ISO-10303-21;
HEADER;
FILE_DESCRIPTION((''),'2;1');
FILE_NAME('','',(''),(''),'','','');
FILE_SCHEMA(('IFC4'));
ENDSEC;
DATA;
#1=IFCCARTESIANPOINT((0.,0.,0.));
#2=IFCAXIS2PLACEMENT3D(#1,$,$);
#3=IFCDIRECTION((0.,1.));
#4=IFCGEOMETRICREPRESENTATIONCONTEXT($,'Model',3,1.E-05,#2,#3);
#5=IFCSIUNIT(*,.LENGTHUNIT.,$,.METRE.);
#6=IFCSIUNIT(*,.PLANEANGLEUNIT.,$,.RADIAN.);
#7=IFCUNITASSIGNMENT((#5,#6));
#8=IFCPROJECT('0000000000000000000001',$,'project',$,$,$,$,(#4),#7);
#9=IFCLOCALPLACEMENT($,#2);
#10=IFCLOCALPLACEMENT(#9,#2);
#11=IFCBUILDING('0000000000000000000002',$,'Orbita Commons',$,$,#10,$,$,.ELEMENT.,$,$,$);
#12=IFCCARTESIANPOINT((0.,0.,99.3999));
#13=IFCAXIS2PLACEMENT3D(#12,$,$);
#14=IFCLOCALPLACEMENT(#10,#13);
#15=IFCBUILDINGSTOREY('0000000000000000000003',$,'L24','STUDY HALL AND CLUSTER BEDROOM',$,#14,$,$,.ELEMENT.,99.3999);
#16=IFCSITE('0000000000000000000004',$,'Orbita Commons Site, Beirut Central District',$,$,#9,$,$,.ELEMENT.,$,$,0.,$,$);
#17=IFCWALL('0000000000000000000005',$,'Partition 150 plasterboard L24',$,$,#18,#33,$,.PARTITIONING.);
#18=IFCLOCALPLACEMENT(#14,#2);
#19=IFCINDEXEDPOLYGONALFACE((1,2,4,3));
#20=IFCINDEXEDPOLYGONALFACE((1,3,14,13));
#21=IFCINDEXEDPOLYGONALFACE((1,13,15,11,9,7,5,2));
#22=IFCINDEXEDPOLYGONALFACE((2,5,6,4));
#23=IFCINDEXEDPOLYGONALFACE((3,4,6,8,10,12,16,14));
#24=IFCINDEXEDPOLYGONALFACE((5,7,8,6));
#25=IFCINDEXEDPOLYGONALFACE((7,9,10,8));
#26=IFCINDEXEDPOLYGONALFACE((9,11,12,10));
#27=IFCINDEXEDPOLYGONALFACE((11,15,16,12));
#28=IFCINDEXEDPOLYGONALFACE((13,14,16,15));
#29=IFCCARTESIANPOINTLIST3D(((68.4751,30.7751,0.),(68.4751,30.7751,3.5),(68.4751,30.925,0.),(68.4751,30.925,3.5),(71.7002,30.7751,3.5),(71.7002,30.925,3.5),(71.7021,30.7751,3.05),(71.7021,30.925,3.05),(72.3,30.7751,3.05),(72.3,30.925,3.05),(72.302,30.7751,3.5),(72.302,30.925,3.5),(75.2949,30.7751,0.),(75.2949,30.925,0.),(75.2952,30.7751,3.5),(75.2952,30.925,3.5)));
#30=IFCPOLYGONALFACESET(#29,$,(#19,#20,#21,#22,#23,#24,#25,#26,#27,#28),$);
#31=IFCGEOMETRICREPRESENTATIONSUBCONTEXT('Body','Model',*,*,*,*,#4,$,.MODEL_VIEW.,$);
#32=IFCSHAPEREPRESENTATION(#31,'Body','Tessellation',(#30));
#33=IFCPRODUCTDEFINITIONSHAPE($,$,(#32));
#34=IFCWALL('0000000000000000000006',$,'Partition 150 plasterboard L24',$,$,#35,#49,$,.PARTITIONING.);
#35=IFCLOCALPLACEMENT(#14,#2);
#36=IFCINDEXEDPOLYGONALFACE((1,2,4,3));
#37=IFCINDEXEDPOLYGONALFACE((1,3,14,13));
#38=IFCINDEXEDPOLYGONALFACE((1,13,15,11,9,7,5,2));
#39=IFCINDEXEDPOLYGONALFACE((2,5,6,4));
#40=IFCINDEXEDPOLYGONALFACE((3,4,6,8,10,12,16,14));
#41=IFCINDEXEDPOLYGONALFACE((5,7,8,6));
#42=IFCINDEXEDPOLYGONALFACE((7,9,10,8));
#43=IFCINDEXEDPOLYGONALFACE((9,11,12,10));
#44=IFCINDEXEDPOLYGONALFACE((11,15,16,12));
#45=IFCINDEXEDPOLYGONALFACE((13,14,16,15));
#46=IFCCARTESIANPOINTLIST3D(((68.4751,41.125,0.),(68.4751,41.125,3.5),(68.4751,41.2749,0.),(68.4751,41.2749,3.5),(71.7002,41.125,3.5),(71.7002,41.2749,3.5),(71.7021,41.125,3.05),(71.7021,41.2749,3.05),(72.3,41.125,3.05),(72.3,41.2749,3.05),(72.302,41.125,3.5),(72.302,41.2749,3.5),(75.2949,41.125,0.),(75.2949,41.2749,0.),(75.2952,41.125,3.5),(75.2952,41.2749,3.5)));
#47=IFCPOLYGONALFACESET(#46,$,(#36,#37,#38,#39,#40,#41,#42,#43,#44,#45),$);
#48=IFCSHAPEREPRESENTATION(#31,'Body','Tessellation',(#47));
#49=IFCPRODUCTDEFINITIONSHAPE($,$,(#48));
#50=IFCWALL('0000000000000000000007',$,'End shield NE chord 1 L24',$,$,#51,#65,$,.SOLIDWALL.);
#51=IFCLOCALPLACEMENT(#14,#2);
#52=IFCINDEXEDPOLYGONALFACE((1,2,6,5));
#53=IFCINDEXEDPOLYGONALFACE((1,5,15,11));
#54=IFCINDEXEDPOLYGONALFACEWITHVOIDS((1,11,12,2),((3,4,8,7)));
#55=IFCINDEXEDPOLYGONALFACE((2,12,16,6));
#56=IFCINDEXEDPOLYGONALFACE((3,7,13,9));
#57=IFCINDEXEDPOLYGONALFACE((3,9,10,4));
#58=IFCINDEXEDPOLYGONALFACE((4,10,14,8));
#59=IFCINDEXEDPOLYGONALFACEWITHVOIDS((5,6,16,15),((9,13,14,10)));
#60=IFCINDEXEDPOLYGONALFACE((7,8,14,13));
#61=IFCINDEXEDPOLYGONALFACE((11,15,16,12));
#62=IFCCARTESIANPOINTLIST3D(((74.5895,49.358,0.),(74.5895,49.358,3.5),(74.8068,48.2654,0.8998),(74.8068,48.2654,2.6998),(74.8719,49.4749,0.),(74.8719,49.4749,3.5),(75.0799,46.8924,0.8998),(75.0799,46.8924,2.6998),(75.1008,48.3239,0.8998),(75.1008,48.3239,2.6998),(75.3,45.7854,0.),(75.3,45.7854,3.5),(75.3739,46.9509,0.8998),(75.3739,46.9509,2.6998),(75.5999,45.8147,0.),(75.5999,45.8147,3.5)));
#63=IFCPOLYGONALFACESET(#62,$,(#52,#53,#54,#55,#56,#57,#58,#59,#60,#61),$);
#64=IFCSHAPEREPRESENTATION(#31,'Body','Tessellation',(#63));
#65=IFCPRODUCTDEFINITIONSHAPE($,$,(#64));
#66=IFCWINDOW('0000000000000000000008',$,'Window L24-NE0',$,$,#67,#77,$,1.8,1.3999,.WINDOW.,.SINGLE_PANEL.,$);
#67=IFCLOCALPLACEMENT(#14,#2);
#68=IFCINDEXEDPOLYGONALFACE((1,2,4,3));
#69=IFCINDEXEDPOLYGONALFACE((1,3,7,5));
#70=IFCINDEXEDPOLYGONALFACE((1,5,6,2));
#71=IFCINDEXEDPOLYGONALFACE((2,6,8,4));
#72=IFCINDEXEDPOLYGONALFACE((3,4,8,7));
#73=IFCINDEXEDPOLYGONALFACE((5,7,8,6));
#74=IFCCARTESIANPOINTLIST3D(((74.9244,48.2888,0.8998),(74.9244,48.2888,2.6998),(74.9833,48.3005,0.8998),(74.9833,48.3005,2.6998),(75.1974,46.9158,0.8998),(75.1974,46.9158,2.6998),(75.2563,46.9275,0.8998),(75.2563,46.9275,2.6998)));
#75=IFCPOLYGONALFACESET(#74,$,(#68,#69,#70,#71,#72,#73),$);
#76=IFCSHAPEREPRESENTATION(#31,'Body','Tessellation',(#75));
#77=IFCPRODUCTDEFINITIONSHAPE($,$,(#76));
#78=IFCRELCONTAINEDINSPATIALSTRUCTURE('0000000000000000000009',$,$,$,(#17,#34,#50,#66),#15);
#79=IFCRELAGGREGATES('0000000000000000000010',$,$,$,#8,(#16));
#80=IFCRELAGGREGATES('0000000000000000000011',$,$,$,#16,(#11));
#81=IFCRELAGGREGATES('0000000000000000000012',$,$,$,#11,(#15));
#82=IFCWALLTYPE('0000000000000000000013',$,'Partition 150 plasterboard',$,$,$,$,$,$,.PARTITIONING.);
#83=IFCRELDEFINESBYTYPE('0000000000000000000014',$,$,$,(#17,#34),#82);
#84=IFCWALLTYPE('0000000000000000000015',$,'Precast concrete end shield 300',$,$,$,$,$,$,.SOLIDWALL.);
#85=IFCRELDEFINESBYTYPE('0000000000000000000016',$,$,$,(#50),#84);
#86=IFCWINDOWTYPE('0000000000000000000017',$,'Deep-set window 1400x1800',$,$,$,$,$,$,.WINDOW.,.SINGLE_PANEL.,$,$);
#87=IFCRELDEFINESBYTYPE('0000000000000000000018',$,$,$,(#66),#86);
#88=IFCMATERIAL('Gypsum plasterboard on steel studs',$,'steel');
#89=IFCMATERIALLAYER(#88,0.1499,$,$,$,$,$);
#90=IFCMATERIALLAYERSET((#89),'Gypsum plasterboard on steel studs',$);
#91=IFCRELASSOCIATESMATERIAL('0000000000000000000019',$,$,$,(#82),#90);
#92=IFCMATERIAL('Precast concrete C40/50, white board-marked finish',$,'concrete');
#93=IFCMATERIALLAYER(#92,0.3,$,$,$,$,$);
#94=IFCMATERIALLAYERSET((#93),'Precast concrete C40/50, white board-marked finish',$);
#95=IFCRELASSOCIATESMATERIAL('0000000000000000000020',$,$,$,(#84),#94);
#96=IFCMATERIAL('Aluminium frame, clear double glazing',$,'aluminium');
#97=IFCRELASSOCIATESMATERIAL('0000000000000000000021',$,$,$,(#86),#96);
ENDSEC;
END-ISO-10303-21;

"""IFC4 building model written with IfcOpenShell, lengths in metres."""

from ifc_helpers import new_model, si_unit, direction, frame, frame_2d, origin, place, context, subcontext, project, spatial, polyline, rectangle, outline, extrude, material, layer, layer_set, type_object, element, fill, save


model = new_model("IFC4")

# Units and contexts
model_context = context("Model", 3, precision=1e-05, world=origin(), true_north=direction((0.0, 1.0)))
body_context = subcontext(model_context, "Body", "Model", "MODEL_VIEW")
ifc_project = project(units=[si_unit("LENGTHUNIT", "METRE"), si_unit("PLANEANGLEUNIT", "RADIAN")], contexts=[model_context])

# Site, building, storey
site_placement = place(None, origin())
site = spatial("IfcSite", under=ifc_project, at=site_placement, Name="Orbita Commons Site, Beirut Central District", CompositionType="ELEMENT", RefElevation=0.0)
building_placement = place(site_placement, origin())
building = spatial("IfcBuilding", under=site, at=building_placement, Name="Orbita Commons", CompositionType="ELEMENT")
storey_placement = place(building_placement, frame((0.0, 0.0, 99.3999)))
storey = spatial("IfcBuildingStorey", under=building, at=storey_placement, Name="L24", Description="STUDY HALL AND CLUSTER BEDROOM", CompositionType="ELEMENT", Elevation=99.3999)

# Walls
ifc_material_1 = material(Name="Gypsum plasterboard on steel studs", Category="steel")
ifc_layer_1 = layer(ifc_material_1, 0.1499)
ifc_layer_set_1 = layer_set([ifc_layer_1], Name="Gypsum plasterboard on steel studs")
wall_type_1 = type_object("IfcWallType", Name="Partition 150 plasterboard", PredefinedType="PARTITIONING", material=ifc_layer_set_1)
for number, where, z_axis, x_axis, name in (
    (1, (68.4751, 30.8501, 0.0), (0.0, 0.0, 1.0), (1.0, 0.0, 0.0), "Partition 150 plasterboard L24"),
    (2, (68.4751, 41.2, 0.0), (0.0, 0.0, 1.0), (1.0, 0.0, 0.0), "Partition 150 plasterboard L24"),
):
    element("IfcWall", number, at=place(storey_placement, frame(where, z_axis=z_axis, x_axis=x_axis)), inside=storey, type_object=wall_type_1, Name=name, PredefinedType="PARTITIONING", context=body_context, shape_type="SweptSolid", body=[
        extrude(outline(polyline([(0.0, 0.0), (6.8198, 0.0), (6.8201, 3.5), (3.8269, 3.5), (3.825, 3.05), (3.2271, 3.05), (3.2251, 3.5), (0.0, 3.5), (0.0, 0.0)])), frame((0.0, 0.075, 0.0), z_axis=(0.0, -1.0, 0.0), x_axis=(1.0, 0.0, 0.0)), (0.0, 0.0, 1.0), 0.1499),
    ])

# Wall, opening, window
ifc_material_2 = material(Name="Precast concrete C40/50, white board-marked finish", Category="concrete")
ifc_layer_2 = layer(ifc_material_2, 0.3)
ifc_layer_set_2 = layer_set([ifc_layer_2], Name="Precast concrete C40/50, white board-marked finish")
wall_type_2 = type_object("IfcWallType", Name="Precast concrete end shield 300", PredefinedType="SOLIDWALL", material=ifc_layer_set_2)
wall_1_placement = place(storey_placement, frame((75.45, 45.8, 0.0), z_axis=(0.0, 0.0, 1.0), x_axis=(-0.195059, 0.980791, 0.0)))
wall_1 = element("IfcWall", 3, at=wall_1_placement, inside=storey, type_object=wall_type_2, Name="End shield NE chord 1 L24", PredefinedType="SOLIDWALL", context=body_context, shape_type="SweptSolid", body=[
    extrude(outline(polyline([(-0.0149, -0.1499), (3.717, -0.1499), (3.6575, 0.1499), (0.0149, 0.1499), (-0.0149, -0.1499)])), origin(), (0.0, 0.0, 1.0), 3.5),
])
opening_1_placement = place(wall_1_placement, frame((1.1436, 0.0, 0.8999)))
opening_1 = element("IfcOpeningElement", 4, at=opening_1_placement, cuts=wall_1, PredefinedType="OPENING", context=body_context, shape_type="SweptSolid", body=[
    extrude(rectangle(XDim=1.3999, YDim=1.8, at=frame_2d((0.7, 0.8999))), frame((0.0, 0.1599, 0.0), z_axis=(0.0, -1.0, 0.0), x_axis=(1.0, 0.0, 0.0)), (0.0, 0.0, 1.0), 0.3201),
])
ifc_material_3 = material(Name="Aluminium frame, clear double glazing", Category="aluminium")
window_type = type_object("IfcWindowType", Name="Deep-set window 1400x1800", PartitioningType="SINGLE_PANEL", PredefinedType="WINDOW", material=ifc_material_3)
window_placement = place(opening_1_placement, origin())
window = element("IfcWindow", 5, at=window_placement, inside=storey, type_object=window_type, Name="Window L24-NE0", OverallHeight=1.8, OverallWidth=1.3999, PartitioningType="SINGLE_PANEL", PredefinedType="WINDOW", context=body_context, shape_type="SweptSolid", body=[
    extrude(rectangle(XDim=1.3999, YDim=1.8, at=frame_2d((0.7, 0.8999))), frame((0.0, 0.03, 0.0), z_axis=(0.0, -1.0, 0.0), x_axis=(1.0, 0.0, 0.0)), (0.0, 0.0, 1.0), 0.0601),
])
fill(opening_1, window)

save(model, "model.ifc")
